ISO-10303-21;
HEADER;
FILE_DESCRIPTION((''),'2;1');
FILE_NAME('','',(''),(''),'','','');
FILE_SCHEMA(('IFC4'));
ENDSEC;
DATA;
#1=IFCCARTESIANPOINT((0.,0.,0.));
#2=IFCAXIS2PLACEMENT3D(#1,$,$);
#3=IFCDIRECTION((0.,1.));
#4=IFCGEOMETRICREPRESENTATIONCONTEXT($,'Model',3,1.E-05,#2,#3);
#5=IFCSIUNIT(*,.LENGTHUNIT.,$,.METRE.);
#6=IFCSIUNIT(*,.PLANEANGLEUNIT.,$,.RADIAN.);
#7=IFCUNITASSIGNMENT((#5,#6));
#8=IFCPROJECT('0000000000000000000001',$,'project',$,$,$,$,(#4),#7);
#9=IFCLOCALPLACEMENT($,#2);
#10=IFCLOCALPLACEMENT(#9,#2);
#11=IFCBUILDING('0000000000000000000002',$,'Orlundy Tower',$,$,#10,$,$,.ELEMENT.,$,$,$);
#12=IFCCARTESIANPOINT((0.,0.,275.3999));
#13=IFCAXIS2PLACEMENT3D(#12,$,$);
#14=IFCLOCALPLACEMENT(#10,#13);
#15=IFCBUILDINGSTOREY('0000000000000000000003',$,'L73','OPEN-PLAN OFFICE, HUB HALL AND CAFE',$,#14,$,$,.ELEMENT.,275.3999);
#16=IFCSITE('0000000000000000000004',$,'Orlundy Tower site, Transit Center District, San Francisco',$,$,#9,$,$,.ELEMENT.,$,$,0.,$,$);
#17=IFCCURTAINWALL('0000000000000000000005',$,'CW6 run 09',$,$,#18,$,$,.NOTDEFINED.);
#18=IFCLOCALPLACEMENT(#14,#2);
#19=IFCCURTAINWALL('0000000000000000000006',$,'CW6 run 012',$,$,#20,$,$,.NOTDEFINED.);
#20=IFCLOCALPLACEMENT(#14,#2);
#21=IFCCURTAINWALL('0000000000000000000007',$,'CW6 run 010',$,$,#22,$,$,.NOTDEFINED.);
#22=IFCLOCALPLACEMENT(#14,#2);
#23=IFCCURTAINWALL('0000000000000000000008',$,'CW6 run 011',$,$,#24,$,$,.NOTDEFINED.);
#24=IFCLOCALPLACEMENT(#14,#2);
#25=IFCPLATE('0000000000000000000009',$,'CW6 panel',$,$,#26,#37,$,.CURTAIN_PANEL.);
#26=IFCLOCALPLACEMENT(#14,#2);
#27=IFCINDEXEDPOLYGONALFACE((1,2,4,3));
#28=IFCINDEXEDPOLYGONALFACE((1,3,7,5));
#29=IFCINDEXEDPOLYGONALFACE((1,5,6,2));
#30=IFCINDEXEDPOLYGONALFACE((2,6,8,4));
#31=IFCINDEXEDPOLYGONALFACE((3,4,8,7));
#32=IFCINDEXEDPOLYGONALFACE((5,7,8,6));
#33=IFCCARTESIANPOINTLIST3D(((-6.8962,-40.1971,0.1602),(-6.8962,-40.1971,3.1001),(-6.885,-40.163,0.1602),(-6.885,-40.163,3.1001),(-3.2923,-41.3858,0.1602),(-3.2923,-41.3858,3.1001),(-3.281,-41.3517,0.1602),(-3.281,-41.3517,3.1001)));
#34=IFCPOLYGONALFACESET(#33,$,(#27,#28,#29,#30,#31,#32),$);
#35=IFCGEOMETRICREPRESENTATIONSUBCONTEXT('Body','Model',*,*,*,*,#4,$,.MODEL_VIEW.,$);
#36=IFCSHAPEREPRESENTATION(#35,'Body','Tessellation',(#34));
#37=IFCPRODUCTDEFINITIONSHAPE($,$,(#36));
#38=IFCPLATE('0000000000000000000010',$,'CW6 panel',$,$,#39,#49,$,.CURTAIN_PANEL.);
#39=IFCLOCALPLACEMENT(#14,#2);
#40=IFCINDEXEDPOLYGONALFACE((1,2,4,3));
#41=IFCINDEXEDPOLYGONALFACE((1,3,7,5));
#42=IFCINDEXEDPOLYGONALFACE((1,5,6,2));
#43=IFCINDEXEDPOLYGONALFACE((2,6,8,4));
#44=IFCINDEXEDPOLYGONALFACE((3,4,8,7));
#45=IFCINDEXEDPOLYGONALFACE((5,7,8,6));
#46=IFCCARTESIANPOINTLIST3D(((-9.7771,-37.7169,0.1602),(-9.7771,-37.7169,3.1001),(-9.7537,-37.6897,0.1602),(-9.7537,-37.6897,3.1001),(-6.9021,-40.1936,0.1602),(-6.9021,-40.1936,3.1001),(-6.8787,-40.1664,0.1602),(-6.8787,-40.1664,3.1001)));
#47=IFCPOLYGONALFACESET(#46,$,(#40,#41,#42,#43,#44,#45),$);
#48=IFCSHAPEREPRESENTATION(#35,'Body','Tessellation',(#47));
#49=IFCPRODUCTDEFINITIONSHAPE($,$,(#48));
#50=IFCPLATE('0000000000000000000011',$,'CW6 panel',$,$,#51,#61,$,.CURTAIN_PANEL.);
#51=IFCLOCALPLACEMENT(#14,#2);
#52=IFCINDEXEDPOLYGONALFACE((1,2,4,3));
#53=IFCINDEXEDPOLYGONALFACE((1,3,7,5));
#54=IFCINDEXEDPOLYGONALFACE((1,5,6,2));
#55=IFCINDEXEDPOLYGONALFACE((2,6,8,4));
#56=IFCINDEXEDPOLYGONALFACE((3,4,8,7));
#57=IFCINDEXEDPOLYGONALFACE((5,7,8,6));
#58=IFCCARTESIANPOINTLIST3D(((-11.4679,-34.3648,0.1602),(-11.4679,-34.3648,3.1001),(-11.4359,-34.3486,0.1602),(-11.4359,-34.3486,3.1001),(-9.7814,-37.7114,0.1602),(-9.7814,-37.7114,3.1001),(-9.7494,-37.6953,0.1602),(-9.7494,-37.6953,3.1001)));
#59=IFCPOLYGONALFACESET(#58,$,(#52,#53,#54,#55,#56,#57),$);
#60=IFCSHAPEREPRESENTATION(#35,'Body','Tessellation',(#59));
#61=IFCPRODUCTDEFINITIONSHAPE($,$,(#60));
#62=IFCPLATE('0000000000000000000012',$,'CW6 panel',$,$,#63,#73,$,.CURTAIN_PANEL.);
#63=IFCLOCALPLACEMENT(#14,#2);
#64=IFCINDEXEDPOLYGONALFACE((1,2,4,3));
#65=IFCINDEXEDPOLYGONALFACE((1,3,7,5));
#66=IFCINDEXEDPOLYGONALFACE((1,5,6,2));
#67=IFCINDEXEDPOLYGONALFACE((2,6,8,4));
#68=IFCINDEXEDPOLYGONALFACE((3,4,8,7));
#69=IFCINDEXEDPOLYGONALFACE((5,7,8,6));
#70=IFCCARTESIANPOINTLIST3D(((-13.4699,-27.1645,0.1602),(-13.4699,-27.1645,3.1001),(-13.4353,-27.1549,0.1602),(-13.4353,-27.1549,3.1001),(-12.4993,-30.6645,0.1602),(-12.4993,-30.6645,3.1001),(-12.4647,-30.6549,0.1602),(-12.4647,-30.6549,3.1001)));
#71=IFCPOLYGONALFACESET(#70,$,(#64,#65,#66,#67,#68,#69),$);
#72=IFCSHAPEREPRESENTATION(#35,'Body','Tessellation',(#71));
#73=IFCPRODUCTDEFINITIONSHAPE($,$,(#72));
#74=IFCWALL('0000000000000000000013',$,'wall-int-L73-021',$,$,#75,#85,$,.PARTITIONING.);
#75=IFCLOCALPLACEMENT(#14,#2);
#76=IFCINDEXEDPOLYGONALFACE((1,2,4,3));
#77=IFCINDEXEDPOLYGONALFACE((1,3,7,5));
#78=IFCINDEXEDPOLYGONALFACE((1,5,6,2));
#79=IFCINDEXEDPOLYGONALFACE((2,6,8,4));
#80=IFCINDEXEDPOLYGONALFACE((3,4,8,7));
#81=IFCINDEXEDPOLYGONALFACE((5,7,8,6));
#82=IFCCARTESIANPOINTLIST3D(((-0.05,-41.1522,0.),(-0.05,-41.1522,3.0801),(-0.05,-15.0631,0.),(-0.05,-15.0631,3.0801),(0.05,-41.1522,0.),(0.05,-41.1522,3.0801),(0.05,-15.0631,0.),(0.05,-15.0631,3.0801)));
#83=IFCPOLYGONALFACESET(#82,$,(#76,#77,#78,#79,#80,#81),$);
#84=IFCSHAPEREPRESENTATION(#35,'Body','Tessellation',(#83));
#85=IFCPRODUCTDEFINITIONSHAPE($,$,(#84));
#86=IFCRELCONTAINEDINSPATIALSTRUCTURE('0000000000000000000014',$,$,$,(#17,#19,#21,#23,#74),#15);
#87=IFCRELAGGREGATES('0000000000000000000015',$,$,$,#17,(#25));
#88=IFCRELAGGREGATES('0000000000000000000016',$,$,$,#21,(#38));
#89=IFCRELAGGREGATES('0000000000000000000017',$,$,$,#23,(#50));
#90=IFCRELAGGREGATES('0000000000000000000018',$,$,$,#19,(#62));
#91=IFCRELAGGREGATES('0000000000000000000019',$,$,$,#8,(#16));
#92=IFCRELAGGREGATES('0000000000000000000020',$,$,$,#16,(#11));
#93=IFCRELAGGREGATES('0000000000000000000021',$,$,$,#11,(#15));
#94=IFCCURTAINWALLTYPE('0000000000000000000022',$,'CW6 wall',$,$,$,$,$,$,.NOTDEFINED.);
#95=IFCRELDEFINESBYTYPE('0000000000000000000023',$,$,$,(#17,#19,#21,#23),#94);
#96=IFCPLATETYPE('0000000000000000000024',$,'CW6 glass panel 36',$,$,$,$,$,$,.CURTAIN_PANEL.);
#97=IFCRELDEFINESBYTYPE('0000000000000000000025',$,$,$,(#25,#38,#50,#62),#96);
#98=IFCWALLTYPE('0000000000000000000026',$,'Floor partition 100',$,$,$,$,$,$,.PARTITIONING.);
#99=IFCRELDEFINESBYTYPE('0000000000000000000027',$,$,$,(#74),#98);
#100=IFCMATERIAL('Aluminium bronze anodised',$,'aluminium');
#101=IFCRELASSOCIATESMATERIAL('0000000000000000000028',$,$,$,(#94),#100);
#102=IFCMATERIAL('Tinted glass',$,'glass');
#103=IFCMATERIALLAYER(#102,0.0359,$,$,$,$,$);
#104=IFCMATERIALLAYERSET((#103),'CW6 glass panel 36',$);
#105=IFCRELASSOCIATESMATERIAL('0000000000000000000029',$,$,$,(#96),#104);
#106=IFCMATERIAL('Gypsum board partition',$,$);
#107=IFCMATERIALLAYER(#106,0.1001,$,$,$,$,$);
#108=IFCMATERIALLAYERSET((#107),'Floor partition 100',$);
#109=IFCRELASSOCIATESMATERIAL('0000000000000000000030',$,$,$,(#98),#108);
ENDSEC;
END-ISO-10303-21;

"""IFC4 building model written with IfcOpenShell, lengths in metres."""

from ifc_helpers import new_model, si_unit, direction, frame, frame_2d, origin, origin_2d, place, context, subcontext, project, spatial, rectangle, extrude, material, layer, layer_set, type_object, element, aggregate, save


model = new_model("IFC4")

# Units and contexts
model_context = context("Model", 3, precision=1e-05, world=origin(), true_north=direction((0.0, 1.0)))
body_context = subcontext(model_context, "Body", "Model", "MODEL_VIEW")
ifc_project = project(units=[si_unit("LENGTHUNIT", "METRE"), si_unit("PLANEANGLEUNIT", "RADIAN")], contexts=[model_context])

# Site, building, storey
site_placement = place(None, origin())
site = spatial("IfcSite", under=ifc_project, at=site_placement, Name="Orlundy Tower site, Transit Center District, San Francisco", CompositionType="ELEMENT", RefElevation=0.0)
building_placement = place(site_placement, origin())
building = spatial("IfcBuilding", under=site, at=building_placement, Name="Orlundy Tower", CompositionType="ELEMENT")
storey_placement = place(building_placement, frame((0.0, 0.0, 275.3999)))
storey = spatial("IfcBuildingStorey", under=building, at=storey_placement, Name="L73", Description="OPEN-PLAN OFFICE, HUB HALL AND CAFE", CompositionType="ELEMENT", Elevation=275.3999)

# Curtain wall
ifc_material_1 = material(Name="Aluminium bronze anodised", Category="aluminium")
curtain_wall_type = type_object("IfcCurtainWallType", Name="CW6 wall", PredefinedType="NOTDEFINED", material=ifc_material_1)
curtain_wall_1_placement = place(storey_placement, origin())
curtain_wall_1 = element("IfcCurtainWall", 1, at=curtain_wall_1_placement, inside=storey, type_object=curtain_wall_type, Name="CW6 run 09", PredefinedType="NOTDEFINED")

# Curtain wall
curtain_wall_2_placement = place(storey_placement, origin())
curtain_wall_2 = element("IfcCurtainWall", 2, at=curtain_wall_2_placement, inside=storey, type_object=curtain_wall_type, Name="CW6 run 012", PredefinedType="NOTDEFINED")

# Curtain walls
curtain_wall_3_placement = place(storey_placement, origin())
curtain_wall_3 = element("IfcCurtainWall", 3, at=curtain_wall_3_placement, inside=storey, type_object=curtain_wall_type, Name="CW6 run 010", PredefinedType="NOTDEFINED")
curtain_wall_4_placement = place(storey_placement, origin())
curtain_wall_4 = element("IfcCurtainWall", 4, at=curtain_wall_4_placement, inside=storey, type_object=curtain_wall_type, Name="CW6 run 011", PredefinedType="NOTDEFINED")

# Plates
ifc_material_2 = material(Name="Tinted glass", Category="glass")
ifc_layer_1 = layer(ifc_material_2, 0.0359)
ifc_layer_set_1 = layer_set([ifc_layer_1], Name="CW6 glass panel 36")
plate_type = type_object("IfcPlateType", Name="CW6 glass panel 36", PredefinedType="CURTAIN_PANEL", material=ifc_layer_set_1)
plate_1_placement = place(storey_placement, frame((-5.0886, -40.7744, 0.1602), z_axis=(0.0, 0.0, 1.0), x_axis=(-0.949677, 0.313231, 0.0)))
plate_1 = element("IfcPlate", 5, at=plate_1_placement, type_object=plate_type, Name="CW6 panel", PredefinedType="CURTAIN_PANEL", context=body_context, shape_type="SweptSolid", body=[
    extrude(rectangle(XDim=3.7949, YDim=0.0359, at=origin_2d()), origin(), (0.0, 0.0, 1.0), 2.9399),
])
aggregate(curtain_wall_1, [plate_1])
plate_2_placement = place(storey_placement, frame((-8.3279, -38.9417, 0.1602), z_axis=(0.0, 0.0, 1.0), x_axis=(-0.757635, 0.652678, 0.0)))
plate_2 = element("IfcPlate", 6, at=plate_2_placement, type_object=plate_type, Name="CW6 panel", PredefinedType="CURTAIN_PANEL", context=body_context, shape_type="SweptSolid", body=[
    extrude(rectangle(XDim=3.7947, YDim=0.0359, at=origin_2d()), origin(), (0.0, 0.0, 1.0), 2.9399),
])
aggregate(curtain_wall_3, [plate_2])
plate_3_placement = place(storey_placement, frame((-10.6086, -36.03, 0.1602), z_axis=(0.0, 0.0, 1.0), x_axis=(-0.450017, 0.89302, 0.0)))
plate_3 = element("IfcPlate", 7, at=plate_3_placement, type_object=plate_type, Name="CW6 panel", PredefinedType="CURTAIN_PANEL", context=body_context, shape_type="SweptSolid", body=[
    extrude(rectangle(XDim=3.7476, YDim=0.0359, at=origin_2d()), origin(), (0.0, 0.0, 1.0), 2.9399),
])
aggregate(curtain_wall_4, [plate_3])
plate_4_placement = place(storey_placement, frame((-12.9673, -28.9097, 0.1602), z_axis=(0.0, 0.0, 1.0), x_axis=(-0.267226, 0.963634, 0.0)))
plate_4 = element("IfcPlate", 8, at=plate_4_placement, type_object=plate_type, Name="CW6 panel", PredefinedType="CURTAIN_PANEL", context=body_context, shape_type="SweptSolid", body=[
    extrude(rectangle(XDim=3.6321, YDim=0.0359, at=origin_2d()), origin(), (0.0, 0.0, 1.0), 2.9399),
])
aggregate(curtain_wall_2, [plate_4])

# Wall
ifc_material_3 = material(Name="Gypsum board partition")
ifc_layer_2 = layer(ifc_material_3, 0.1001)
ifc_layer_set_2 = layer_set([ifc_layer_2], Name="Floor partition 100")
wall_type_1 = type_object("IfcWallType", Name="Floor partition 100", PredefinedType="PARTITIONING", material=ifc_layer_set_2)
wall_1_placement = place(storey_placement, frame((0.0, -41.1521, 0.0), z_axis=(0.0, 0.0, 1.0), x_axis=(0.0, 1.0, 0.0)))
element("IfcWall", 9, at=wall_1_placement, inside=storey, type_object=wall_type_1, Name="wall-int-L73-021", PredefinedType="PARTITIONING", context=body_context, shape_type="SweptSolid", body=[
    extrude(rectangle(XDim=26.0891, YDim=0.1001, at=frame_2d((13.0444, 0.0))), origin(), (0.0, 0.0, 1.0), 3.0801),
])

save(model, "model.ifc")
